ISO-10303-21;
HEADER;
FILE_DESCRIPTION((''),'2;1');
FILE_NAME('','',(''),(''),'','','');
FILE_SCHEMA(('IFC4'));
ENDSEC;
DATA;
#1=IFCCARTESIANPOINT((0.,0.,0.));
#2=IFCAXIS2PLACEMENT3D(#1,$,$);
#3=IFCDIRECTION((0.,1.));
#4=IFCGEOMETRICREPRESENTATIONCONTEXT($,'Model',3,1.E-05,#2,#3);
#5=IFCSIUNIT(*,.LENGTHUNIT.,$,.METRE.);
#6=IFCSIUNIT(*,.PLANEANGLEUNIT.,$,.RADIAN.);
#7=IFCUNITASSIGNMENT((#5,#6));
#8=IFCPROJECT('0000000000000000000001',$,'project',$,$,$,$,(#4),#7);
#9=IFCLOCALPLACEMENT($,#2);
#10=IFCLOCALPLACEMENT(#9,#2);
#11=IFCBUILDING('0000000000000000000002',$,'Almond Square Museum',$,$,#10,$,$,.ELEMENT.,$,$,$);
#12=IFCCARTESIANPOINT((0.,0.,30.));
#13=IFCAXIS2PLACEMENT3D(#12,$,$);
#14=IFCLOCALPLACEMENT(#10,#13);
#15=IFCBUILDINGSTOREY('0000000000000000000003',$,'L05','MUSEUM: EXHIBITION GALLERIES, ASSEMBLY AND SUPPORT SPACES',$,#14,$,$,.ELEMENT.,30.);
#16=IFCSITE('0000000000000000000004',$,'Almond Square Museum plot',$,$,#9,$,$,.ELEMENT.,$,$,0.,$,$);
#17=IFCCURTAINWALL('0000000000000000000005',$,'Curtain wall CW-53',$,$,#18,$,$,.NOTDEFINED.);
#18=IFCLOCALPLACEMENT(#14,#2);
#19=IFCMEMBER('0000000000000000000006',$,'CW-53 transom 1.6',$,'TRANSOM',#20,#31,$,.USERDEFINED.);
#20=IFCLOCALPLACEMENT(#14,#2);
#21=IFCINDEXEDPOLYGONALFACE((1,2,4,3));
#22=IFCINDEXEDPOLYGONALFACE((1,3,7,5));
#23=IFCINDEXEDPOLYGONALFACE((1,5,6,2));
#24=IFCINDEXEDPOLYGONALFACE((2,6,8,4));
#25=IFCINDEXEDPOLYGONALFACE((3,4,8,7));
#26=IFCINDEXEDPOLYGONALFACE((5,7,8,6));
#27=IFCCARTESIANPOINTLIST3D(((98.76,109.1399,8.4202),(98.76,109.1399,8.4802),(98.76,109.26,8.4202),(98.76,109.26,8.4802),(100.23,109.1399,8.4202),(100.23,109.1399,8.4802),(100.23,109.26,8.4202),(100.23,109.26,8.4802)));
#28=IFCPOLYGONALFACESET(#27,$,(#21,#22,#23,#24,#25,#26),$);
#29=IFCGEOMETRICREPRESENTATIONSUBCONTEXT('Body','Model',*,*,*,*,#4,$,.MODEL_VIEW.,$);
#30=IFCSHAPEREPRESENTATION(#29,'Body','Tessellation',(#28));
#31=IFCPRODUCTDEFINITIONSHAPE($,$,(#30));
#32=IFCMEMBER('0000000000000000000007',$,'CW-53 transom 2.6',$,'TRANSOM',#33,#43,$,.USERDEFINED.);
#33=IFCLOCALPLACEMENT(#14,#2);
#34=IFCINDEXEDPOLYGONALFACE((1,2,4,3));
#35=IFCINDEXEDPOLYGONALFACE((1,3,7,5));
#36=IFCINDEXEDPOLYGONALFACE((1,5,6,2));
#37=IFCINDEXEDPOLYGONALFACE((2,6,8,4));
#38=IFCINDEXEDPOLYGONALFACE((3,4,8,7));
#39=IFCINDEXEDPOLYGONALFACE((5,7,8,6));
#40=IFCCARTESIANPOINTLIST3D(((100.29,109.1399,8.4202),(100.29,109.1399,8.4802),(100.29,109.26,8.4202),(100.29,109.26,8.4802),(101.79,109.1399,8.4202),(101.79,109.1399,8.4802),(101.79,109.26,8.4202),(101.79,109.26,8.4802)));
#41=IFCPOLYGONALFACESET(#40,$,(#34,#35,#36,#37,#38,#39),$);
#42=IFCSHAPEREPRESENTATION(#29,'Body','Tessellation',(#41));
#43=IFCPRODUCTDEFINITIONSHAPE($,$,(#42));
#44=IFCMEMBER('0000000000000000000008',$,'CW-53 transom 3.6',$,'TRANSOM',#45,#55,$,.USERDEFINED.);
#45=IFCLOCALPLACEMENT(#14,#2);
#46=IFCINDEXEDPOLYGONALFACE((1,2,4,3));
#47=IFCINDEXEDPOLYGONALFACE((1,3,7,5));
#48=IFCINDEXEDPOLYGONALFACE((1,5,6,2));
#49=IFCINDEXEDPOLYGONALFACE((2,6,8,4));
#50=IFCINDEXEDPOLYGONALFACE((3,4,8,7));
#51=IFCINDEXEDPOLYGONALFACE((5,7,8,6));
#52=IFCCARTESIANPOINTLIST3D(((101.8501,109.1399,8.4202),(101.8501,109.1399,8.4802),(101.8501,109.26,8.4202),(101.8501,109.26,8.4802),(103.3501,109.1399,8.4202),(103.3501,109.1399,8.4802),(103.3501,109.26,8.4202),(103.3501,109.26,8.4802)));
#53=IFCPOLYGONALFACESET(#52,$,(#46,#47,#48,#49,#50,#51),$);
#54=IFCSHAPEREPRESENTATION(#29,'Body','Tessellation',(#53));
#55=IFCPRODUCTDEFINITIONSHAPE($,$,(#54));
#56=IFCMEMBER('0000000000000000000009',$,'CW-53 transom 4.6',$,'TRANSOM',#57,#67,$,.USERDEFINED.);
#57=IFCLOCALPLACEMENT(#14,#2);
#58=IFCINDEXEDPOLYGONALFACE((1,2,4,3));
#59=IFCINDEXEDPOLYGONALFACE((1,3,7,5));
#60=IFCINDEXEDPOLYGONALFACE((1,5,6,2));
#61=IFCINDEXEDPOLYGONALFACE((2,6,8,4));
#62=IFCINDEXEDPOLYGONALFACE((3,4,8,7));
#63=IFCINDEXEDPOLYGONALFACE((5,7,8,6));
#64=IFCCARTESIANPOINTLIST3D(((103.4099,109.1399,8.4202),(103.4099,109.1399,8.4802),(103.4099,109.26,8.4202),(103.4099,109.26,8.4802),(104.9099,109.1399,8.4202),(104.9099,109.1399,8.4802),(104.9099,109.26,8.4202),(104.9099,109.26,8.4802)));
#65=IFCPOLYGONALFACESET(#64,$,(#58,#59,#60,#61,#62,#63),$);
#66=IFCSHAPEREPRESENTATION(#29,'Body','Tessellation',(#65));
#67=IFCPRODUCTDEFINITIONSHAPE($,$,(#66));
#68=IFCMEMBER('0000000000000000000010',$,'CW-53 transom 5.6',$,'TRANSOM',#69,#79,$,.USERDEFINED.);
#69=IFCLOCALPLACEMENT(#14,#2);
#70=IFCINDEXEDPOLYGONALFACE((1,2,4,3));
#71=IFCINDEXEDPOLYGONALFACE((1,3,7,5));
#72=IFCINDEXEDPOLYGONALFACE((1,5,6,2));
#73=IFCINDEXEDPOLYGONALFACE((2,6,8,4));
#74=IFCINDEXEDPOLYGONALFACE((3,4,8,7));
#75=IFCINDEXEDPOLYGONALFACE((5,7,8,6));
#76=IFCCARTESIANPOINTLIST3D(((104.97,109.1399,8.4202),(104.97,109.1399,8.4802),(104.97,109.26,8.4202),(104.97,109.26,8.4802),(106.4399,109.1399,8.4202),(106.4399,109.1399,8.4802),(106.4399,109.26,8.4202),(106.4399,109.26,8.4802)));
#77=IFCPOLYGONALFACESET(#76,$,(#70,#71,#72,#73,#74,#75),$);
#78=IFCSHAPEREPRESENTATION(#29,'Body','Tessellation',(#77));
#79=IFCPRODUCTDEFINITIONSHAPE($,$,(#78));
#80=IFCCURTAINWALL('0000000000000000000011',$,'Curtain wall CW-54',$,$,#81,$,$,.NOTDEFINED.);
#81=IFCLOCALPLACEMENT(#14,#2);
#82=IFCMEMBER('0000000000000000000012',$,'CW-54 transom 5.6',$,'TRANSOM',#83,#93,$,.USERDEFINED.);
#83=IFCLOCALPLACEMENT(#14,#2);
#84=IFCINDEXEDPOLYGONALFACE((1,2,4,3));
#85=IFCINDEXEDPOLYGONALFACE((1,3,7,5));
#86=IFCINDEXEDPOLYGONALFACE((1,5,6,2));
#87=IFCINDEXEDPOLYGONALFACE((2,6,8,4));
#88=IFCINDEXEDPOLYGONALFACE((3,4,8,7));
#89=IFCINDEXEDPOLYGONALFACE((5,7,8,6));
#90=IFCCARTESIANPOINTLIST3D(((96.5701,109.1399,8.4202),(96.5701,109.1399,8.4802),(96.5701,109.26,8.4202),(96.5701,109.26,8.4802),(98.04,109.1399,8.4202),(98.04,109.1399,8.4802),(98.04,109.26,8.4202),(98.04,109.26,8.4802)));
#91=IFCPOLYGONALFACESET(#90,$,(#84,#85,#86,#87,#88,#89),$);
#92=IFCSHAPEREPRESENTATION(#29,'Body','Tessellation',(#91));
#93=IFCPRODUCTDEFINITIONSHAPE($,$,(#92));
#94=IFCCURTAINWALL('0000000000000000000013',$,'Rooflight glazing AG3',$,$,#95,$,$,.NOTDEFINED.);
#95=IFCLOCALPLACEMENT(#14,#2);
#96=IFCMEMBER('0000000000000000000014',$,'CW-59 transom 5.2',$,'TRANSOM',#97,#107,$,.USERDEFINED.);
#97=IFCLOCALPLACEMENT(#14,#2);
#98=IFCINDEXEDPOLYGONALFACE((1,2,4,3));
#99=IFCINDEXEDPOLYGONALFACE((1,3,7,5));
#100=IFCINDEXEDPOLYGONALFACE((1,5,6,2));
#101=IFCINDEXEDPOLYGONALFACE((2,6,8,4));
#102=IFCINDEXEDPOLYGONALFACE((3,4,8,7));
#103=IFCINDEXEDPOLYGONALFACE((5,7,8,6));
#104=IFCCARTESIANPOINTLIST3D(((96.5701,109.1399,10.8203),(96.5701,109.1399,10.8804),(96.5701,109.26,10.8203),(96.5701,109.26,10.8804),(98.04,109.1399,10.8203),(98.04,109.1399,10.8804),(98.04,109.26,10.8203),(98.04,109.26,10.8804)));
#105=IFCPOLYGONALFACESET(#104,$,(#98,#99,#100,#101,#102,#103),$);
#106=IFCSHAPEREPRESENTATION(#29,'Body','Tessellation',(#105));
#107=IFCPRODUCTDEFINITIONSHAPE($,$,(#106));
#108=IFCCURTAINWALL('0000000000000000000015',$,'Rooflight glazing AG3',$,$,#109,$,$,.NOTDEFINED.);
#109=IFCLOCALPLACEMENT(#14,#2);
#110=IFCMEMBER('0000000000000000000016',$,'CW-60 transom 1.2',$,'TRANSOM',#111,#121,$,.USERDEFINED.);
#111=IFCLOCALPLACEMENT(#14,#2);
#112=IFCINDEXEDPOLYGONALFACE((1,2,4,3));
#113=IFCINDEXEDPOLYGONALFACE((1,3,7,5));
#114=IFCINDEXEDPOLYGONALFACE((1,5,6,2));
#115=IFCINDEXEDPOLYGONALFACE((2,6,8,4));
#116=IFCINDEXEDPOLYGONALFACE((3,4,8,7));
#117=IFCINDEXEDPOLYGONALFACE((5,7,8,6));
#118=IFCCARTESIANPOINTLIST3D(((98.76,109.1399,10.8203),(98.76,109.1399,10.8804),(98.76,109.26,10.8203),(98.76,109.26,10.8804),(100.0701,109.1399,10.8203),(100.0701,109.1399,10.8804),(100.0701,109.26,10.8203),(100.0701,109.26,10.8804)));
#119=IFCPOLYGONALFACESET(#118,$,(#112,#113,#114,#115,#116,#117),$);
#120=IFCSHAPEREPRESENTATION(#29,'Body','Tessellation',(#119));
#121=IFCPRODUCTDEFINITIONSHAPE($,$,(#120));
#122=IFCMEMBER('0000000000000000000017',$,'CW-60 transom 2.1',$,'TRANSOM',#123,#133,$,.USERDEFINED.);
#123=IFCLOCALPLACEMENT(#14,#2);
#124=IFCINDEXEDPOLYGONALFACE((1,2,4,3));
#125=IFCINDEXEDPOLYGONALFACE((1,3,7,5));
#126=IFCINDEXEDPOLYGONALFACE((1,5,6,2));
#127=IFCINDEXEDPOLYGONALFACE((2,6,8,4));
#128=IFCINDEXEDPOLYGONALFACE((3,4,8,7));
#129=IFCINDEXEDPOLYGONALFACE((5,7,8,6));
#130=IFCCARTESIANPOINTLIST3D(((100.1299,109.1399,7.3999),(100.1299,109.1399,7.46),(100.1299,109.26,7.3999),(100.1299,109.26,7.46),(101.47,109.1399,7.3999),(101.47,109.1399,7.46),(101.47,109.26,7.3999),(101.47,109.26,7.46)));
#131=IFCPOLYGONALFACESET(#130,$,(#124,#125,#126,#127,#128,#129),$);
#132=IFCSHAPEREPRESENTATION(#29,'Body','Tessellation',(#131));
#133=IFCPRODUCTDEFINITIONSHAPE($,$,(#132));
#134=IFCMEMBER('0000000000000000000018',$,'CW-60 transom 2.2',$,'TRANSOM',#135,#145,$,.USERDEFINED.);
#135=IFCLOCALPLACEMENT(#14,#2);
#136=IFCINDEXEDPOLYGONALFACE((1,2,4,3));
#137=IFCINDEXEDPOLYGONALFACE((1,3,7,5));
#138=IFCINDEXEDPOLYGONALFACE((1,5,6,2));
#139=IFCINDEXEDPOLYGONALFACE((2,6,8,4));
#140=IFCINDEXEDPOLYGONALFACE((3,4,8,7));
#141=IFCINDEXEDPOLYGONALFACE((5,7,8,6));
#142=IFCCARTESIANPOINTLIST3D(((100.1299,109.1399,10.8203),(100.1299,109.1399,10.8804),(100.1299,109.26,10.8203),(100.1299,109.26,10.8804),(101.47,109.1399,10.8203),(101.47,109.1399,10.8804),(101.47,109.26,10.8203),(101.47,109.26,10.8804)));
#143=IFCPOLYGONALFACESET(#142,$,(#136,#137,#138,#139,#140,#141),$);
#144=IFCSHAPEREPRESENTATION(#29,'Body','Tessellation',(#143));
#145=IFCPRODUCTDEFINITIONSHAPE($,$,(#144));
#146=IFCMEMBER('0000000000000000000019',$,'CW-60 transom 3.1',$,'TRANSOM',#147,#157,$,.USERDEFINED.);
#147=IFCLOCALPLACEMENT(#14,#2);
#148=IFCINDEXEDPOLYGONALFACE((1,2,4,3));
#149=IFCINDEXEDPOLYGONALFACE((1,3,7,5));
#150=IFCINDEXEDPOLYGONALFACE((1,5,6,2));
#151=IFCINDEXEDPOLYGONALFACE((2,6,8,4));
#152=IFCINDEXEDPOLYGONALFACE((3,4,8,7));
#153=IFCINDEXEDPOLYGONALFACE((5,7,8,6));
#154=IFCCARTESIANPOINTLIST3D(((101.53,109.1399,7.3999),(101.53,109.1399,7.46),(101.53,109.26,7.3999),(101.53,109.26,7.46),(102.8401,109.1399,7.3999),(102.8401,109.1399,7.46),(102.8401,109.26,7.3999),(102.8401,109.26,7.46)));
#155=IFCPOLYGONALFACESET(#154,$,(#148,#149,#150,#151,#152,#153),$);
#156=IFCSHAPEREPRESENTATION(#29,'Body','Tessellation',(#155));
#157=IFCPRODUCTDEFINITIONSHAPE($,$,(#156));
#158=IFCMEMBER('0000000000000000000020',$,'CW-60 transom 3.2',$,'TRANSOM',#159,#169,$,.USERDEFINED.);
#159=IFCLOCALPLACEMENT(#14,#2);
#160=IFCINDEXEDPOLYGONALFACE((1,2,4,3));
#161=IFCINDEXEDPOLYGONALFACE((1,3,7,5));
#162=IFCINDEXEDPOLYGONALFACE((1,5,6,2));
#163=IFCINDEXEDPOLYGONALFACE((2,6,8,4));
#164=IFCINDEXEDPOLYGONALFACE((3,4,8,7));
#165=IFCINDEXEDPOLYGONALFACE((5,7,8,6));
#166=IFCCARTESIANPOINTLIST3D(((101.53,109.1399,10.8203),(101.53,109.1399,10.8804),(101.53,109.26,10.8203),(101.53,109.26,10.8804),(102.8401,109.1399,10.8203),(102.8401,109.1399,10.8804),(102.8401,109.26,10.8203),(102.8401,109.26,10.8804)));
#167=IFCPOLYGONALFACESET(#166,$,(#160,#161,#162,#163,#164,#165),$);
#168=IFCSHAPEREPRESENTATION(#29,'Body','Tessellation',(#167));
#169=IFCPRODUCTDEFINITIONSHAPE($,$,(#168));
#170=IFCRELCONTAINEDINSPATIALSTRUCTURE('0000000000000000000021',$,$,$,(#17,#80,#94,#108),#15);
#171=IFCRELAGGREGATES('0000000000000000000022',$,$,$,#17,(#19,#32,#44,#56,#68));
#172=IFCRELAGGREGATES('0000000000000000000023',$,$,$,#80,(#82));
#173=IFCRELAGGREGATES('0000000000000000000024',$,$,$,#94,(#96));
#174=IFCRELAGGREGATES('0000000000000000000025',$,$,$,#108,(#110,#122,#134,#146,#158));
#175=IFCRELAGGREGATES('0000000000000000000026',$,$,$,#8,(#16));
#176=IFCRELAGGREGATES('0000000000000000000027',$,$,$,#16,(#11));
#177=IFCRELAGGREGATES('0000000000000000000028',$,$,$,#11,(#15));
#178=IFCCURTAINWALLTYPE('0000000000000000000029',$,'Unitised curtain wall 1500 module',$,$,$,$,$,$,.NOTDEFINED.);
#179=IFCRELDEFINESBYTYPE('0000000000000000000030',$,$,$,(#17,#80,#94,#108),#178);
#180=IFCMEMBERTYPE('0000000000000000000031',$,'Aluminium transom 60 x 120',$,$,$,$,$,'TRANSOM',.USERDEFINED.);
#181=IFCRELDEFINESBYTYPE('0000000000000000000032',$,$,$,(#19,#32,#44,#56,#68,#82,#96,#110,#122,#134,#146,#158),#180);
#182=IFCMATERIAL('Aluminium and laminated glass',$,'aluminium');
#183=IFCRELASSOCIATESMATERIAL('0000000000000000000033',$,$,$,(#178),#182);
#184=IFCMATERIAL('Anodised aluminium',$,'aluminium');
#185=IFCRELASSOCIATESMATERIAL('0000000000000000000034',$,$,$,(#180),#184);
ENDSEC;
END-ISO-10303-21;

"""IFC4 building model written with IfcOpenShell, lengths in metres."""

from ifc_helpers import new_model, si_unit, direction, frame, origin, origin_2d, place, context, subcontext, project, spatial, rectangle, extrude, material, material_profile, profile_set, type_object, element, aggregate, save


model = new_model("IFC4")

# Units and contexts
model_context = context("Model", 3, precision=1e-05, world=origin(), true_north=direction((0.0, 1.0)))
body_context = subcontext(model_context, "Body", "Model", "MODEL_VIEW")
ifc_project = project(units=[si_unit("LENGTHUNIT", "METRE"), si_unit("PLANEANGLEUNIT", "RADIAN")], contexts=[model_context])

# Site, building, storey
site_placement = place(None, origin())
site = spatial("IfcSite", under=ifc_project, at=site_placement, Name="Almond Square Museum plot", CompositionType="ELEMENT", RefElevation=0.0)
building_placement = place(site_placement, origin())
building = spatial("IfcBuilding", under=site, at=building_placement, Name="Almond Square Museum", CompositionType="ELEMENT")
storey_placement = place(building_placement, frame((0.0, 0.0, 30.0)))
storey = spatial("IfcBuildingStorey", under=building, at=storey_placement, Name="L05", Description="MUSEUM: EXHIBITION GALLERIES, ASSEMBLY AND SUPPORT SPACES", CompositionType="ELEMENT", Elevation=30.0)

# Curtain wall, members
ifc_material_1 = material(Name="Aluminium and laminated glass", Category="aluminium")
curtain_wall_type = type_object("IfcCurtainWallType", Name="Unitised curtain wall 1500 module", PredefinedType="NOTDEFINED", material=ifc_material_1)
curtain_wall_1_placement = place(storey_placement, origin())
curtain_wall_1 = element("IfcCurtainWall", 1, at=curtain_wall_1_placement, inside=storey, type_object=curtain_wall_type, Name="Curtain wall CW-53", PredefinedType="NOTDEFINED")
ifc_material_2 = material(Name="Anodised aluminium", Category="aluminium")
ifc_material_profile_1 = material_profile(ifc_material_2, rectangle(XDim=0.1201, YDim=0.0601, at=origin_2d()))
ifc_profile_set_1 = profile_set([ifc_material_profile_1], Name="Anodised aluminium")
member_type_1 = type_object("IfcMemberType", Name="Aluminium transom 60 x 120", ElementType="TRANSOM", PredefinedType="USERDEFINED", material=ifc_profile_set_1)
member_1_placement = place(storey_placement, frame((98.76, 109.2, 8.4502), z_axis=(1.0, 0.0, 0.0), x_axis=(0.0, 1.0, 0.0)))
member_1 = element("IfcMember", 2, at=member_1_placement, type_object=member_type_1, Name="CW-53 transom 1.6", ObjectType="TRANSOM", PredefinedType="USERDEFINED", context=body_context, shape_type="SweptSolid", body=[
    extrude(rectangle(XDim=0.1201, YDim=0.0601, at=origin_2d()), origin(), (0.0, 0.0, 1.0), 1.47),
])
member_2_placement = place(storey_placement, frame((100.29, 109.2, 8.4502), z_axis=(1.0, 0.0, 0.0), x_axis=(0.0, 1.0, 0.0)))
member_2 = element("IfcMember", 3, at=member_2_placement, type_object=member_type_1, Name="CW-53 transom 2.6", ObjectType="TRANSOM", PredefinedType="USERDEFINED", context=body_context, shape_type="SweptSolid", body=[
    extrude(rectangle(XDim=0.1201, YDim=0.0601, at=origin_2d()), origin(), (0.0, 0.0, 1.0), 1.5),
])
member_3_placement = place(storey_placement, frame((101.8501, 109.2, 8.4502), z_axis=(1.0, 0.0, 0.0), x_axis=(0.0, 1.0, 0.0)))
member_3 = element("IfcMember", 4, at=member_3_placement, type_object=member_type_1, Name="CW-53 transom 3.6", ObjectType="TRANSOM", PredefinedType="USERDEFINED", context=body_context, shape_type="SweptSolid", body=[
    extrude(rectangle(XDim=0.1201, YDim=0.0601, at=origin_2d()), origin(), (0.0, 0.0, 1.0), 1.5),
])
member_4_placement = place(storey_placement, frame((103.4099, 109.2, 8.4502), z_axis=(1.0, 0.0, 0.0), x_axis=(0.0, 1.0, 0.0)))
member_4 = element("IfcMember", 5, at=member_4_placement, type_object=member_type_1, Name="CW-53 transom 4.6", ObjectType="TRANSOM", PredefinedType="USERDEFINED", context=body_context, shape_type="SweptSolid", body=[
    extrude(rectangle(XDim=0.1201, YDim=0.0601, at=origin_2d()), origin(), (0.0, 0.0, 1.0), 1.5),
])
member_5_placement = place(storey_placement, frame((104.97, 109.2, 8.4502), z_axis=(1.0, 0.0, 0.0), x_axis=(0.0, 1.0, 0.0)))
member_5 = element("IfcMember", 6, at=member_5_placement, type_object=member_type_1, Name="CW-53 transom 5.6", ObjectType="TRANSOM", PredefinedType="USERDEFINED", context=body_context, shape_type="SweptSolid", body=[
    extrude(rectangle(XDim=0.1201, YDim=0.0601, at=origin_2d()), origin(), (0.0, 0.0, 1.0), 1.47),
])
aggregate(curtain_wall_1, [member_1, member_2, member_3, member_4, member_5])

# Curtain walls, members
curtain_wall_2_placement = place(storey_placement, origin())
curtain_wall_2 = element("IfcCurtainWall", 7, at=curtain_wall_2_placement, inside=storey, type_object=curtain_wall_type, Name="Curtain wall CW-54", PredefinedType="NOTDEFINED")
member_6_placement = place(storey_placement, frame((96.5701, 109.2, 8.4502), z_axis=(1.0, 0.0, 0.0), x_axis=(0.0, 1.0, 0.0)))
member_6 = element("IfcMember", 8, at=member_6_placement, type_object=member_type_1, Name="CW-54 transom 5.6", ObjectType="TRANSOM", PredefinedType="USERDEFINED", context=body_context, shape_type="SweptSolid", body=[
    extrude(rectangle(XDim=0.1201, YDim=0.0601, at=origin_2d()), origin(), (0.0, 0.0, 1.0), 1.47),
])
aggregate(curtain_wall_2, [member_6])
curtain_wall_3_placement = place(storey_placement, origin())
curtain_wall_3 = element("IfcCurtainWall", 9, at=curtain_wall_3_placement, inside=storey, type_object=curtain_wall_type, Name="Rooflight glazing AG3", PredefinedType="NOTDEFINED")
member_7_placement = place(storey_placement, frame((96.5701, 109.2, 10.8503), z_axis=(1.0, 0.0, 0.0), x_axis=(0.0, 1.0, 0.0)))
member_7 = element("IfcMember", 10, at=member_7_placement, type_object=member_type_1, Name="CW-59 transom 5.2", ObjectType="TRANSOM", PredefinedType="USERDEFINED", context=body_context, shape_type="SweptSolid", body=[
    extrude(rectangle(XDim=0.1201, YDim=0.0601, at=origin_2d()), origin(), (0.0, 0.0, 1.0), 1.47),
])

# Curtain wall, members
curtain_wall_4_placement = place(storey_placement, origin())
curtain_wall_4 = element("IfcCurtainWall", 11, at=curtain_wall_4_placement, inside=storey, type_object=curtain_wall_type, Name="Rooflight glazing AG3", PredefinedType="NOTDEFINED")
member_8_placement = place(storey_placement, frame((98.76, 109.2, 10.8503), z_axis=(1.0, 0.0, 0.0), x_axis=(0.0, 1.0, 0.0)))
member_8 = element("IfcMember", 12, at=member_8_placement, type_object=member_type_1, Name="CW-60 transom 1.2", ObjectType="TRANSOM", PredefinedType="USERDEFINED", context=body_context, shape_type="SweptSolid", body=[
    extrude(rectangle(XDim=0.1201, YDim=0.0601, at=origin_2d()), origin(), (0.0, 0.0, 1.0), 1.3101),
])
member_9_placement = place(storey_placement, frame((100.1299, 109.2, 7.4299), z_axis=(1.0, 0.0, 0.0), x_axis=(0.0, 1.0, 0.0)))
member_9 = element("IfcMember", 13, at=member_9_placement, type_object=member_type_1, Name="CW-60 transom 2.1", ObjectType="TRANSOM", PredefinedType="USERDEFINED", context=body_context, shape_type="SweptSolid", body=[
    extrude(rectangle(XDim=0.1201, YDim=0.0601, at=origin_2d()), origin(), (0.0, 0.0, 1.0), 1.3401),
])
member_10_placement = place(storey_placement, frame((100.1299, 109.2, 10.8503), z_axis=(1.0, 0.0, 0.0), x_axis=(0.0, 1.0, 0.0)))
member_10 = element("IfcMember", 14, at=member_10_placement, type_object=member_type_1, Name="CW-60 transom 2.2", ObjectType="TRANSOM", PredefinedType="USERDEFINED", context=body_context, shape_type="SweptSolid", body=[
    extrude(rectangle(XDim=0.1201, YDim=0.0601, at=origin_2d()), origin(), (0.0, 0.0, 1.0), 1.3401),
])
member_11_placement = place(storey_placement, frame((101.53, 109.2, 7.4299), z_axis=(1.0, 0.0, 0.0), x_axis=(0.0, 1.0, 0.0)))
member_11 = element("IfcMember", 15, at=member_11_placement, type_object=member_type_1, Name="CW-60 transom 3.1", ObjectType="TRANSOM", PredefinedType="USERDEFINED", context=body_context, shape_type="SweptSolid", body=[
    extrude(rectangle(XDim=0.1201, YDim=0.0601, at=origin_2d()), origin(), (0.0, 0.0, 1.0), 1.3101),
])
member_12_placement = place(storey_placement, frame((101.53, 109.2, 10.8503), z_axis=(1.0, 0.0, 0.0), x_axis=(0.0, 1.0, 0.0)))
member_12 = element("IfcMember", 16, at=member_12_placement, type_object=member_type_1, Name="CW-60 transom 3.2", ObjectType="TRANSOM", PredefinedType="USERDEFINED", context=body_context, shape_type="SweptSolid", body=[
    extrude(rectangle(XDim=0.1201, YDim=0.0601, at=origin_2d()), origin(), (0.0, 0.0, 1.0), 1.3101),
])

aggregate(curtain_wall_3, [member_7])
aggregate(curtain_wall_4, [member_8, member_9, member_10, member_11, member_12])

save(model, "model.ifc")
